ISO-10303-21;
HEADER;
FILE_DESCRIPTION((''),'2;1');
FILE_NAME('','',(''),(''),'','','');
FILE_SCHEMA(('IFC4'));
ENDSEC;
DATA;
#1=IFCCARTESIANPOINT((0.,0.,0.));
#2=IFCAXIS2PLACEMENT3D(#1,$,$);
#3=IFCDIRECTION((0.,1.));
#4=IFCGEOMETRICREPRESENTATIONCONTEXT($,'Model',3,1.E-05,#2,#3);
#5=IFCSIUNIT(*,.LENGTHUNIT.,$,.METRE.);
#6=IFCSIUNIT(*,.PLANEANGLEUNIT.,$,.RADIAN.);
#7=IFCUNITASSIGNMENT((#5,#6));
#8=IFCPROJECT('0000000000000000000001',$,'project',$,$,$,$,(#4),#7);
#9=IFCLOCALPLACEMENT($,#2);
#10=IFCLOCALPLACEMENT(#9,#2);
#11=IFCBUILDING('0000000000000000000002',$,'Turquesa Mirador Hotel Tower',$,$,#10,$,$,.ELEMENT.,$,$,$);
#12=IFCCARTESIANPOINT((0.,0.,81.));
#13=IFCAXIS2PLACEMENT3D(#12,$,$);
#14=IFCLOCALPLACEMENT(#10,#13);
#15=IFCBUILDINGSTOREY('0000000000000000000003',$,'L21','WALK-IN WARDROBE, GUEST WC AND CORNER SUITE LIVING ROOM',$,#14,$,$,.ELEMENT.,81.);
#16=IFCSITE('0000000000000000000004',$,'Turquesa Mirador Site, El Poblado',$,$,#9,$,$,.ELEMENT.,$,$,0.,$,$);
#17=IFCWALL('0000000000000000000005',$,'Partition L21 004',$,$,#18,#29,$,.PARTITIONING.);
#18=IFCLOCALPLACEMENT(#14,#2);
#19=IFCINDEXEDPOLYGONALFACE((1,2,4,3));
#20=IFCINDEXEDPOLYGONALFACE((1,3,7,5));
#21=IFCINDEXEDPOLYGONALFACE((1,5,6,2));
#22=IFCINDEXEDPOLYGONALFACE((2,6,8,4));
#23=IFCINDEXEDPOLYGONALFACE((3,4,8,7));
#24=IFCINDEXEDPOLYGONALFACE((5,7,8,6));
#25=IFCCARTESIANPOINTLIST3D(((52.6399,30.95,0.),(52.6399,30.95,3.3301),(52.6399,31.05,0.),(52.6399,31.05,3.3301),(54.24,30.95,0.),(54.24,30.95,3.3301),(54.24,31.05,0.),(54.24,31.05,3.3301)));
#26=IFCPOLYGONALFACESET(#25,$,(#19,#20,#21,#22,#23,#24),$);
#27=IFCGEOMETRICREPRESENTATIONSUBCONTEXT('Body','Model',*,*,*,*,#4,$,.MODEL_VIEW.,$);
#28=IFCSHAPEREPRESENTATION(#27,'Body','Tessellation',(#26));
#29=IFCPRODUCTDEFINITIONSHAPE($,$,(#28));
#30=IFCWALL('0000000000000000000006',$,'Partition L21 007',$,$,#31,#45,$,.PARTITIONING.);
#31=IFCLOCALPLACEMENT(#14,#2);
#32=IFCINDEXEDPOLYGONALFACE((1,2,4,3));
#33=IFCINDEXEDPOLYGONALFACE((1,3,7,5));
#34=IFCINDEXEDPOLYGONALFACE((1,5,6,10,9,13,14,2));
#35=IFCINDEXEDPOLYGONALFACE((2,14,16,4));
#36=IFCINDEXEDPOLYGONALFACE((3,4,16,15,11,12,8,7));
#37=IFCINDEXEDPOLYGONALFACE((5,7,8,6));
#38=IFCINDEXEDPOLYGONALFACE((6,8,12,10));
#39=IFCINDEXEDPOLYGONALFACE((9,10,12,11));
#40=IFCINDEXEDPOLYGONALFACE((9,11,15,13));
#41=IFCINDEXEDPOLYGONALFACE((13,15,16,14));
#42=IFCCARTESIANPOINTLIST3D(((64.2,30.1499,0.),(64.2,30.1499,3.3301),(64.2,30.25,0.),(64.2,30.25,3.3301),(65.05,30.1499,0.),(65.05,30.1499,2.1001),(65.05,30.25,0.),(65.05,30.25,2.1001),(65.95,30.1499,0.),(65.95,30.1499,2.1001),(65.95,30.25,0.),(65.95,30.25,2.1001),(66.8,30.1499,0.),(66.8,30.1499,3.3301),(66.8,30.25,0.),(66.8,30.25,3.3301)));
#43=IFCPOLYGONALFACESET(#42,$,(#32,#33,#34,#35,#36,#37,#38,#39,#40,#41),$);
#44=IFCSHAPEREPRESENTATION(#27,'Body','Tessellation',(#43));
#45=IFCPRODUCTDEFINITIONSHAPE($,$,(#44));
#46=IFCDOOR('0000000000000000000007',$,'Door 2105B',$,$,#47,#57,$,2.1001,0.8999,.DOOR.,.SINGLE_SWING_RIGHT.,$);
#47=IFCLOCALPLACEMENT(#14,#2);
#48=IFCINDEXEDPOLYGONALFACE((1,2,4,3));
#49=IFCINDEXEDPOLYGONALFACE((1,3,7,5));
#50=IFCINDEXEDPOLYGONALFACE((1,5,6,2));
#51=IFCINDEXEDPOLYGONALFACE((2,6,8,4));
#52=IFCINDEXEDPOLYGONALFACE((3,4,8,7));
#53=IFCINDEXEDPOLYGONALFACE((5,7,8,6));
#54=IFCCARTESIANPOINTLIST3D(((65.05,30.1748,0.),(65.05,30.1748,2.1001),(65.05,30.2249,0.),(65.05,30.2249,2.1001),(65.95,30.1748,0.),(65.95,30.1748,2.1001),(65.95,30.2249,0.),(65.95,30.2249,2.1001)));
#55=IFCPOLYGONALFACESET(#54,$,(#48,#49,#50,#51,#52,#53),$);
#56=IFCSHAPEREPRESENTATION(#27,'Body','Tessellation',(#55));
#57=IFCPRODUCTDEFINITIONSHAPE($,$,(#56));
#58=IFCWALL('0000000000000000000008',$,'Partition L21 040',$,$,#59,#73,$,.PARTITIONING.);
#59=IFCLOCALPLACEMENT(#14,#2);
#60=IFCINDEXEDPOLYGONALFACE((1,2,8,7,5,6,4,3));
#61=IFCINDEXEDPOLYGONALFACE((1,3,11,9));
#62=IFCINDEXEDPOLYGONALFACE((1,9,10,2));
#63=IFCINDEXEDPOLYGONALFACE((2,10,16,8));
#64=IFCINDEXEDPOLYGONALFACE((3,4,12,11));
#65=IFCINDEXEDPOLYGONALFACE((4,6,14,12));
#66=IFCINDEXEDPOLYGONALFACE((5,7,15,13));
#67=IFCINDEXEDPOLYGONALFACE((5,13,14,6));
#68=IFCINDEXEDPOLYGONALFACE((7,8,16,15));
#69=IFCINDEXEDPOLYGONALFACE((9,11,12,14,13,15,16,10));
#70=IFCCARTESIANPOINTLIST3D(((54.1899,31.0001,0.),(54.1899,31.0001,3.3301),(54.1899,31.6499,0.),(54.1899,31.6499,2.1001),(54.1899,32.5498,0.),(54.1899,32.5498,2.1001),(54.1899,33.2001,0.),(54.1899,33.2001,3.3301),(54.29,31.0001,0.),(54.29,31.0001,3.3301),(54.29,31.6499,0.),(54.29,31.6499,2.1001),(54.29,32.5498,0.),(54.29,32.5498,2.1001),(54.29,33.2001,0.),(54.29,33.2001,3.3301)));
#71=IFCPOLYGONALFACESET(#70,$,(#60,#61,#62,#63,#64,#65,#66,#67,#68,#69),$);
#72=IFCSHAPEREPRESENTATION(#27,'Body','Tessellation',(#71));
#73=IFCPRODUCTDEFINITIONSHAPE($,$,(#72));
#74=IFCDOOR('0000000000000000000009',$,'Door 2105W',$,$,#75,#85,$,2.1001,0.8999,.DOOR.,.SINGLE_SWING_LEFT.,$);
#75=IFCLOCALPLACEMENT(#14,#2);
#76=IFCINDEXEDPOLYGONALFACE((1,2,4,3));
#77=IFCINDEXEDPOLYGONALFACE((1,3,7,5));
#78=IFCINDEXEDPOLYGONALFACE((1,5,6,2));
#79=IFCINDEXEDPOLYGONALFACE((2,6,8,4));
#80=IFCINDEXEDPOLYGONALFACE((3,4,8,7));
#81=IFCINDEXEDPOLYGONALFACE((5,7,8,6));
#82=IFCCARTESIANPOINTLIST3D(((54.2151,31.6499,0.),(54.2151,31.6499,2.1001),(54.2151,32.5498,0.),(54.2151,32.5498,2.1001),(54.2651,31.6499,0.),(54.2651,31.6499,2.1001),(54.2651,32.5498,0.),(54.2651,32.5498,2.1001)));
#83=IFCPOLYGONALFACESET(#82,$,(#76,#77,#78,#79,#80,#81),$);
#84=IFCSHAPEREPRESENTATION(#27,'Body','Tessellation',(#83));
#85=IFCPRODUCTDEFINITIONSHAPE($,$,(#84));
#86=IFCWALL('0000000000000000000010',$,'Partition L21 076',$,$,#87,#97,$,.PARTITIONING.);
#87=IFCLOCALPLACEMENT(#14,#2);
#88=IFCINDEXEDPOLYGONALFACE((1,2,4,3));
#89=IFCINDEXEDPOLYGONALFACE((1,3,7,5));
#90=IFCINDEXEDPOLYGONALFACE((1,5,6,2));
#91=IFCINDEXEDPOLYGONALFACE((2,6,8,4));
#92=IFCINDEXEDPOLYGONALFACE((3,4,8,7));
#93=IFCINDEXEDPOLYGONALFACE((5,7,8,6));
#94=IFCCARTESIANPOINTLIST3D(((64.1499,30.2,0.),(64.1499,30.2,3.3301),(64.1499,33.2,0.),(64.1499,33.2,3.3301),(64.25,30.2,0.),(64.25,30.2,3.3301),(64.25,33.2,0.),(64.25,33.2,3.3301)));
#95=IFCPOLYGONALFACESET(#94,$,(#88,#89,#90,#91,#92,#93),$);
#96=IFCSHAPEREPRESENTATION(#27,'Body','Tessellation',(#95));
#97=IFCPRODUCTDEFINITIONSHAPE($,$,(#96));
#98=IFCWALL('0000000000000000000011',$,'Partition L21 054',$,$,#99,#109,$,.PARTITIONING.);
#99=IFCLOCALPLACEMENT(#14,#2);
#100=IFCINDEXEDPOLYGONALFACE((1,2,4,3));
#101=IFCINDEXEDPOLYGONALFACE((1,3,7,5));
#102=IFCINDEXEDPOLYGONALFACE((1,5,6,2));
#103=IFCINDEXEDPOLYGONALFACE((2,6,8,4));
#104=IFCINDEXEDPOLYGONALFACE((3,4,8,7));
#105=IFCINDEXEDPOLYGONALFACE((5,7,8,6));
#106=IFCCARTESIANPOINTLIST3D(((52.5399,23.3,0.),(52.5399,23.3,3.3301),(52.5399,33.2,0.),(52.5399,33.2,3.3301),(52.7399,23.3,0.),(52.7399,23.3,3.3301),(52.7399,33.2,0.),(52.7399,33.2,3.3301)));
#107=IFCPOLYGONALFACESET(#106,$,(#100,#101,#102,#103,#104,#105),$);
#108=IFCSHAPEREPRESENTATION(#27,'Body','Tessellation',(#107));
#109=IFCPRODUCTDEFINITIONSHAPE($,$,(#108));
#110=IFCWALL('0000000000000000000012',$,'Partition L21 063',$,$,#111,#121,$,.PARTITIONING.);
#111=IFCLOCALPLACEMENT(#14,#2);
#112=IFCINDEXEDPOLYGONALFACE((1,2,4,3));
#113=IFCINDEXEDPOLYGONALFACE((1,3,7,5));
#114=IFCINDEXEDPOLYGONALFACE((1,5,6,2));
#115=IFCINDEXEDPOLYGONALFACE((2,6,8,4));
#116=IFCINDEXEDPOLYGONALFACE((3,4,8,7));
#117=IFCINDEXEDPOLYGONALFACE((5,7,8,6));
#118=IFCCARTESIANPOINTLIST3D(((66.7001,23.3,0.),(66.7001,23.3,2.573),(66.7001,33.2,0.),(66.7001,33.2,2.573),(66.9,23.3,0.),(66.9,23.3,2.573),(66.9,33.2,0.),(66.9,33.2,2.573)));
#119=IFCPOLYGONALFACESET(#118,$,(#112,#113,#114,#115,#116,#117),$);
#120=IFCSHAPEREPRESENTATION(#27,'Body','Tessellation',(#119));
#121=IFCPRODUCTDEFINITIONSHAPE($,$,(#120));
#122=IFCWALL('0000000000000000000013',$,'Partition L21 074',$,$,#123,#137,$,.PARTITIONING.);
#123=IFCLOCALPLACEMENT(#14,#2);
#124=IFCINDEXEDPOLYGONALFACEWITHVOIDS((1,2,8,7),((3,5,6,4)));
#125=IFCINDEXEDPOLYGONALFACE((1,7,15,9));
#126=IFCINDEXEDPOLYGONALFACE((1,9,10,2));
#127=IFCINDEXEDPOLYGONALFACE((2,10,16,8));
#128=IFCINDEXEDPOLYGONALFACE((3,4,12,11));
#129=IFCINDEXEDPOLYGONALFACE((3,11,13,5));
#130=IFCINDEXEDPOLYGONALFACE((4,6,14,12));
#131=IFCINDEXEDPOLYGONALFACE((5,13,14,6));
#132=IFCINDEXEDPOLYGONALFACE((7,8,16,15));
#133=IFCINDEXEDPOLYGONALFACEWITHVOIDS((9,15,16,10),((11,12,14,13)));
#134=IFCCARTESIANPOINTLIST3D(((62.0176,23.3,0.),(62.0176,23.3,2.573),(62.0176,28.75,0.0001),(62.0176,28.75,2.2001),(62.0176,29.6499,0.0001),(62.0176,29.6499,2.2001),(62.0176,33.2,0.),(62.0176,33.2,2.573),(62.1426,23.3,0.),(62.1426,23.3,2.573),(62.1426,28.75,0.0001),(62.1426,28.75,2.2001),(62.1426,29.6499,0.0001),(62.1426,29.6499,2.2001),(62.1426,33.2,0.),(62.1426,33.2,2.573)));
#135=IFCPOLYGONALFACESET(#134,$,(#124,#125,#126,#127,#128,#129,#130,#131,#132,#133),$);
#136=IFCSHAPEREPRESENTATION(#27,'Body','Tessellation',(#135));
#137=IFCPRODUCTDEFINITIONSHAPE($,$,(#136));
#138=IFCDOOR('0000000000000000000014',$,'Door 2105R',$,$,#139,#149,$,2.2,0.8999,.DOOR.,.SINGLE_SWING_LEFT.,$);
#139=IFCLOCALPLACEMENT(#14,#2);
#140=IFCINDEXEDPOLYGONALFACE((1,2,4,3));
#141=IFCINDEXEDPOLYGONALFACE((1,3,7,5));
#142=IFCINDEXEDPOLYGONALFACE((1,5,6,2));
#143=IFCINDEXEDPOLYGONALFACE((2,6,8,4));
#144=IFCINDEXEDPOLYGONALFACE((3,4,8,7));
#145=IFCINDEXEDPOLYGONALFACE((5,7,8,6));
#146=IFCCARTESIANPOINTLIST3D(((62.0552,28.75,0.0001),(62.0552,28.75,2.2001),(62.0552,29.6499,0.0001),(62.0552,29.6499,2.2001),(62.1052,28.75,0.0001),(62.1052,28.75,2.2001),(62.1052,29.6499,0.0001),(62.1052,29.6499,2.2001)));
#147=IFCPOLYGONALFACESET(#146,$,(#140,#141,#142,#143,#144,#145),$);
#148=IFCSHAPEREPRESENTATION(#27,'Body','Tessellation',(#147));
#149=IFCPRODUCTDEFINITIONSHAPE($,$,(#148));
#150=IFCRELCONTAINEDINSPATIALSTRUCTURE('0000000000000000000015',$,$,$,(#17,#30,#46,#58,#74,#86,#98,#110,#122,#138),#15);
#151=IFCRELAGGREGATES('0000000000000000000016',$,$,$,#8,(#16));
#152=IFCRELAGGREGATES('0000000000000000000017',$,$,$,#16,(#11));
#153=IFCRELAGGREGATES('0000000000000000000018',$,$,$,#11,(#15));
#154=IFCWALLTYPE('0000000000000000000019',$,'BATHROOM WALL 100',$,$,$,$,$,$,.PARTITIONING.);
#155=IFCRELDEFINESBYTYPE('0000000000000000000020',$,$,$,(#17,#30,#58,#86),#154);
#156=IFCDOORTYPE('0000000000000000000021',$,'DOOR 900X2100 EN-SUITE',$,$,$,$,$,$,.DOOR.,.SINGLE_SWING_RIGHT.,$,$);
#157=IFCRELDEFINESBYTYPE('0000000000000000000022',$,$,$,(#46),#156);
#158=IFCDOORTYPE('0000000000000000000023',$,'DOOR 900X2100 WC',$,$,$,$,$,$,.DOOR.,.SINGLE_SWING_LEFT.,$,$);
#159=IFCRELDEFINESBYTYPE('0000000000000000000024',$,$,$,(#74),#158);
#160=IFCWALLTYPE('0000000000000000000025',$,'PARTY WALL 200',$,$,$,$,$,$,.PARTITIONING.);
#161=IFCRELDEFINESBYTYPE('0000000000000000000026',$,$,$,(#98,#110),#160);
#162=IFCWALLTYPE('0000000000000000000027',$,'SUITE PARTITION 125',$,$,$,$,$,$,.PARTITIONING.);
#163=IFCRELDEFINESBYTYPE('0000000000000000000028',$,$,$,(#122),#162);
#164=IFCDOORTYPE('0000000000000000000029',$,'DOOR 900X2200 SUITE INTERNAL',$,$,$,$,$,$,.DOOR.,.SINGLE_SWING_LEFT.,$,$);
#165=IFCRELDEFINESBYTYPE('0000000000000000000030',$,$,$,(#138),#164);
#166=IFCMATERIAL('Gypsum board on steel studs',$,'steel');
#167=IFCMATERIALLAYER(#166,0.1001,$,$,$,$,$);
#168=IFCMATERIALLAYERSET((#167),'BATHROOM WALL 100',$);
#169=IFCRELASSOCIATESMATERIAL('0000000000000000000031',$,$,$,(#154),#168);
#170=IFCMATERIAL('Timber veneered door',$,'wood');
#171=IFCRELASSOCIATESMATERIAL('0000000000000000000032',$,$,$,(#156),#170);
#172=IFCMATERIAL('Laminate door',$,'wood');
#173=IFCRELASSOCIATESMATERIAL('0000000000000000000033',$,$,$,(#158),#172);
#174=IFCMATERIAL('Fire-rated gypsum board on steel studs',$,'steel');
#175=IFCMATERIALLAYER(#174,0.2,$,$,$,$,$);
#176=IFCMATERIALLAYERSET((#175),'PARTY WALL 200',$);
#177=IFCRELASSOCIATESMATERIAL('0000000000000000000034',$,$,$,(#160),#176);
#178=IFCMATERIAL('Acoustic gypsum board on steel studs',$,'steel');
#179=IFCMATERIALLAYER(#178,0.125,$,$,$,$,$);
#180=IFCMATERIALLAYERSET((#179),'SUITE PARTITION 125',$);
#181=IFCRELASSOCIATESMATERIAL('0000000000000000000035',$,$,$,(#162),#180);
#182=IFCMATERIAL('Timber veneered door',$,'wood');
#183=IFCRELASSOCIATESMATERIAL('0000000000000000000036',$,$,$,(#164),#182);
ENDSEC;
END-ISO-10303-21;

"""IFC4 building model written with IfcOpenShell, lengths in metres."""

from ifc_helpers import new_model, si_unit, direction, frame, frame_2d, origin, place, context, subcontext, project, spatial, rectangle, extrude, material, layer, layer_set, type_object, element, fill, save


model = new_model("IFC4")

# Units and contexts
model_context = context("Model", 3, precision=1e-05, world=origin(), true_north=direction((0.0, 1.0)))
body_context = subcontext(model_context, "Body", "Model", "MODEL_VIEW")
ifc_project = project(units=[si_unit("LENGTHUNIT", "METRE"), si_unit("PLANEANGLEUNIT", "RADIAN")], contexts=[model_context])

# Site, building, storey
site_placement = place(None, origin())
site = spatial("IfcSite", under=ifc_project, at=site_placement, Name="Turquesa Mirador Site, El Poblado", CompositionType="ELEMENT", RefElevation=0.0)
building_placement = place(site_placement, origin())
building = spatial("IfcBuilding", under=site, at=building_placement, Name="Turquesa Mirador Hotel Tower", CompositionType="ELEMENT")
storey_placement = place(building_placement, frame((0.0, 0.0, 81.0)))
storey = spatial("IfcBuildingStorey", under=building, at=storey_placement, Name="L21", Description="WALK-IN WARDROBE, GUEST WC AND CORNER SUITE LIVING ROOM", CompositionType="ELEMENT", Elevation=81.0)

# Wall
ifc_material_1 = material(Name="Gypsum board on steel studs", Category="steel")
ifc_layer_1 = layer(ifc_material_1, 0.1001)
ifc_layer_set_1 = layer_set([ifc_layer_1], Name="BATHROOM WALL 100")
wall_type_1 = type_object("IfcWallType", Name="BATHROOM WALL 100", PredefinedType="PARTITIONING", material=ifc_layer_set_1)
wall_1_placement = place(storey_placement, frame((52.6399, 31.0, 0.0), z_axis=(0.0, 0.0, 1.0), x_axis=(1.0, 0.0, 0.0)))
element("IfcWall", 1, at=wall_1_placement, inside=storey, type_object=wall_type_1, Name="Partition L21 004", PredefinedType="PARTITIONING", context=body_context, shape_type="SweptSolid", body=[
    extrude(rectangle(XDim=1.6001, YDim=0.1001, at=frame_2d((0.8, 0.0))), origin(), (0.0, 0.0, 1.0), 3.3301),
])

# Walls, openings, doors
wall_2_placement = place(storey_placement, frame((64.2, 30.2, 0.0), z_axis=(0.0, 0.0, 1.0), x_axis=(1.0, 0.0, 0.0)))
wall_2 = element("IfcWall", 2, at=wall_2_placement, inside=storey, type_object=wall_type_1, Name="Partition L21 007", PredefinedType="PARTITIONING", context=body_context, shape_type="SweptSolid", body=[
    extrude(rectangle(XDim=2.6001, YDim=0.1001, at=frame_2d((1.3, 0.0))), origin(), (0.0, 0.0, 1.0), 3.3301),
])
opening_1_placement = place(wall_2_placement, frame((0.8501, 0.0, 0.0)))
opening_1 = element("IfcOpeningElement", 3, at=opening_1_placement, cuts=wall_2, PredefinedType="OPENING", context=body_context, shape_type="SweptSolid", body=[
    extrude(rectangle(XDim=0.8999, YDim=2.1001, at=frame_2d((0.45, 1.05))), frame((0.0, 0.0601, 0.0), z_axis=(0.0, -1.0, 0.0), x_axis=(1.0, 0.0, 0.0)), (0.0, 0.0, 1.0), 0.1201),
])
ifc_material_2 = material(Name="Timber veneered door", Category="wood")
door_type_1 = type_object("IfcDoorType", Name="DOOR 900X2100 EN-SUITE", OperationType="SINGLE_SWING_RIGHT", PredefinedType="DOOR", material=ifc_material_2)
door_1_placement = place(opening_1_placement, origin())
door_1 = element("IfcDoor", 4, at=door_1_placement, inside=storey, type_object=door_type_1, Name="Door 2105B", OperationType="SINGLE_SWING_RIGHT", OverallHeight=2.1001, OverallWidth=0.8999, PredefinedType="DOOR", context=body_context, shape_type="SweptSolid", body=[
    extrude(rectangle(XDim=0.8999, YDim=2.1001, at=frame_2d((0.45, 1.05))), frame((0.0, 0.0249, 0.0), z_axis=(0.0, -1.0, 0.0), x_axis=(1.0, 0.0, 0.0)), (0.0, 0.0, 1.0), 0.05),
])
fill(opening_1, door_1)
wall_3_placement = place(storey_placement, frame((54.24, 31.0, 0.0), z_axis=(0.0, 0.0, 1.0), x_axis=(0.0, 1.0, 0.0)))
wall_3 = element("IfcWall", 5, at=wall_3_placement, inside=storey, type_object=wall_type_1, Name="Partition L21 040", PredefinedType="PARTITIONING", context=body_context, shape_type="SweptSolid", body=[
    extrude(rectangle(XDim=2.2, YDim=0.1001, at=frame_2d((1.1001, 0.0))), origin(), (0.0, 0.0, 1.0), 3.3301),
])
opening_2_placement = place(wall_3_placement, frame((0.6499, 0.0, 0.0)))
opening_2 = element("IfcOpeningElement", 6, at=opening_2_placement, cuts=wall_3, PredefinedType="OPENING", context=body_context, shape_type="SweptSolid", body=[
    extrude(rectangle(XDim=0.8999, YDim=2.1001, at=frame_2d((0.45, 1.05))), frame((0.0, 0.0601, 0.0), z_axis=(0.0, -1.0, 0.0), x_axis=(1.0, 0.0, 0.0)), (0.0, 0.0, 1.0), 0.1201),
])
ifc_material_3 = material(Name="Laminate door", Category="wood")
door_type_2 = type_object("IfcDoorType", Name="DOOR 900X2100 WC", OperationType="SINGLE_SWING_LEFT", PredefinedType="DOOR", material=ifc_material_3)
door_2_placement = place(opening_2_placement, origin())
door_2 = element("IfcDoor", 7, at=door_2_placement, inside=storey, type_object=door_type_2, Name="Door 2105W", OperationType="SINGLE_SWING_LEFT", OverallHeight=2.1001, OverallWidth=0.8999, PredefinedType="DOOR", context=body_context, shape_type="SweptSolid", body=[
    extrude(rectangle(XDim=0.8999, YDim=2.1001, at=frame_2d((0.45, 1.05))), frame((0.0, 0.0249, 0.0), z_axis=(0.0, -1.0, 0.0), x_axis=(1.0, 0.0, 0.0)), (0.0, 0.0, 1.0), 0.05),
])
fill(opening_2, door_2)

# Walls
wall_4_placement = place(storey_placement, frame((64.2, 30.2, 0.0), z_axis=(0.0, 0.0, 1.0), x_axis=(0.0, 1.0, 0.0)))
element("IfcWall", 8, at=wall_4_placement, inside=storey, type_object=wall_type_1, Name="Partition L21 076", PredefinedType="PARTITIONING", context=body_context, shape_type="SweptSolid", body=[
    extrude(rectangle(XDim=3.0, YDim=0.1001, at=frame_2d((1.5, 0.0))), origin(), (0.0, 0.0, 1.0), 3.3301),
])
ifc_material_4 = material(Name="Fire-rated gypsum board on steel studs", Category="steel")
ifc_layer_2 = layer(ifc_material_4, 0.2)
ifc_layer_set_2 = layer_set([ifc_layer_2], Name="PARTY WALL 200")
wall_type_2 = type_object("IfcWallType", Name="PARTY WALL 200", PredefinedType="PARTITIONING", material=ifc_layer_set_2)
wall_5_placement = place(storey_placement, frame((52.6399, 23.3, 0.0), z_axis=(0.0, 0.0, 1.0), x_axis=(0.0, 1.0, 0.0)))
element("IfcWall", 9, at=wall_5_placement, inside=storey, type_object=wall_type_2, Name="Partition L21 054", PredefinedType="PARTITIONING", context=body_context, shape_type="SweptSolid", body=[
    extrude(rectangle(XDim=9.8999, YDim=0.2, at=frame_2d((4.95, 0.0))), origin(), (0.0, 0.0, 1.0), 3.3301),
])
wall_6_placement = place(storey_placement, frame((66.8, 23.3, 0.0), z_axis=(0.0, 0.0, 1.0), x_axis=(0.0, 1.0, 0.0)))
element("IfcWall", 10, at=wall_6_placement, inside=storey, type_object=wall_type_2, Name="Partition L21 063", PredefinedType="PARTITIONING", context=body_context, shape_type="SweptSolid", body=[
    extrude(rectangle(XDim=9.8999, YDim=0.2, at=frame_2d((4.95, 0.0))), origin(), (0.0, 0.0, 1.0), 2.573),
])

# Wall, opening, door
ifc_material_5 = material(Name="Acoustic gypsum board on steel studs", Category="steel")
ifc_layer_3 = layer(ifc_material_5, 0.125)
ifc_layer_set_3 = layer_set([ifc_layer_3], Name="SUITE PARTITION 125")
wall_type_3 = type_object("IfcWallType", Name="SUITE PARTITION 125", PredefinedType="PARTITIONING", material=ifc_layer_set_3)
wall_7_placement = place(storey_placement, frame((62.0801, 23.3, 0.0), z_axis=(0.0, 0.0, 1.0), x_axis=(0.0, 1.0, 0.0)))
wall_7 = element("IfcWall", 11, at=wall_7_placement, inside=storey, type_object=wall_type_3, Name="Partition L21 074", PredefinedType="PARTITIONING", context=body_context, shape_type="SweptSolid", body=[
    extrude(rectangle(XDim=9.8999, YDim=0.125, at=frame_2d((4.95, 0.0))), origin(), (0.0, 0.0, 1.0), 2.573),
])
opening_3_placement = place(wall_7_placement, frame((5.45, 0.0, 0.0)))
opening_3 = element("IfcOpeningElement", 12, at=opening_3_placement, cuts=wall_7, PredefinedType="OPENING", context=body_context, shape_type="SweptSolid", body=[
    extrude(rectangle(XDim=0.8999, YDim=2.2, at=frame_2d((0.45, 1.1001))), frame((0.0, 0.0725, 0.0), z_axis=(0.0, -1.0, 0.0), x_axis=(1.0, 0.0, 0.0)), (0.0, 0.0, 1.0), 0.145),
])
ifc_material_6 = material(Name="Timber veneered door", Category="wood")
door_type_3 = type_object("IfcDoorType", Name="DOOR 900X2200 SUITE INTERNAL", OperationType="SINGLE_SWING_LEFT", PredefinedType="DOOR", material=ifc_material_6)
door_3_placement = place(opening_3_placement, origin())
door_3 = element("IfcDoor", 13, at=door_3_placement, inside=storey, type_object=door_type_3, Name="Door 2105R", OperationType="SINGLE_SWING_LEFT", OverallHeight=2.2, OverallWidth=0.8999, PredefinedType="DOOR", context=body_context, shape_type="SweptSolid", body=[
    extrude(rectangle(XDim=0.8999, YDim=2.2, at=frame_2d((0.45, 1.1001))), frame((0.0, 0.0249, 0.0), z_axis=(0.0, -1.0, 0.0), x_axis=(1.0, 0.0, 0.0)), (0.0, 0.0, 1.0), 0.05),
])
fill(opening_3, door_3)

save(model, "model.ifc")
